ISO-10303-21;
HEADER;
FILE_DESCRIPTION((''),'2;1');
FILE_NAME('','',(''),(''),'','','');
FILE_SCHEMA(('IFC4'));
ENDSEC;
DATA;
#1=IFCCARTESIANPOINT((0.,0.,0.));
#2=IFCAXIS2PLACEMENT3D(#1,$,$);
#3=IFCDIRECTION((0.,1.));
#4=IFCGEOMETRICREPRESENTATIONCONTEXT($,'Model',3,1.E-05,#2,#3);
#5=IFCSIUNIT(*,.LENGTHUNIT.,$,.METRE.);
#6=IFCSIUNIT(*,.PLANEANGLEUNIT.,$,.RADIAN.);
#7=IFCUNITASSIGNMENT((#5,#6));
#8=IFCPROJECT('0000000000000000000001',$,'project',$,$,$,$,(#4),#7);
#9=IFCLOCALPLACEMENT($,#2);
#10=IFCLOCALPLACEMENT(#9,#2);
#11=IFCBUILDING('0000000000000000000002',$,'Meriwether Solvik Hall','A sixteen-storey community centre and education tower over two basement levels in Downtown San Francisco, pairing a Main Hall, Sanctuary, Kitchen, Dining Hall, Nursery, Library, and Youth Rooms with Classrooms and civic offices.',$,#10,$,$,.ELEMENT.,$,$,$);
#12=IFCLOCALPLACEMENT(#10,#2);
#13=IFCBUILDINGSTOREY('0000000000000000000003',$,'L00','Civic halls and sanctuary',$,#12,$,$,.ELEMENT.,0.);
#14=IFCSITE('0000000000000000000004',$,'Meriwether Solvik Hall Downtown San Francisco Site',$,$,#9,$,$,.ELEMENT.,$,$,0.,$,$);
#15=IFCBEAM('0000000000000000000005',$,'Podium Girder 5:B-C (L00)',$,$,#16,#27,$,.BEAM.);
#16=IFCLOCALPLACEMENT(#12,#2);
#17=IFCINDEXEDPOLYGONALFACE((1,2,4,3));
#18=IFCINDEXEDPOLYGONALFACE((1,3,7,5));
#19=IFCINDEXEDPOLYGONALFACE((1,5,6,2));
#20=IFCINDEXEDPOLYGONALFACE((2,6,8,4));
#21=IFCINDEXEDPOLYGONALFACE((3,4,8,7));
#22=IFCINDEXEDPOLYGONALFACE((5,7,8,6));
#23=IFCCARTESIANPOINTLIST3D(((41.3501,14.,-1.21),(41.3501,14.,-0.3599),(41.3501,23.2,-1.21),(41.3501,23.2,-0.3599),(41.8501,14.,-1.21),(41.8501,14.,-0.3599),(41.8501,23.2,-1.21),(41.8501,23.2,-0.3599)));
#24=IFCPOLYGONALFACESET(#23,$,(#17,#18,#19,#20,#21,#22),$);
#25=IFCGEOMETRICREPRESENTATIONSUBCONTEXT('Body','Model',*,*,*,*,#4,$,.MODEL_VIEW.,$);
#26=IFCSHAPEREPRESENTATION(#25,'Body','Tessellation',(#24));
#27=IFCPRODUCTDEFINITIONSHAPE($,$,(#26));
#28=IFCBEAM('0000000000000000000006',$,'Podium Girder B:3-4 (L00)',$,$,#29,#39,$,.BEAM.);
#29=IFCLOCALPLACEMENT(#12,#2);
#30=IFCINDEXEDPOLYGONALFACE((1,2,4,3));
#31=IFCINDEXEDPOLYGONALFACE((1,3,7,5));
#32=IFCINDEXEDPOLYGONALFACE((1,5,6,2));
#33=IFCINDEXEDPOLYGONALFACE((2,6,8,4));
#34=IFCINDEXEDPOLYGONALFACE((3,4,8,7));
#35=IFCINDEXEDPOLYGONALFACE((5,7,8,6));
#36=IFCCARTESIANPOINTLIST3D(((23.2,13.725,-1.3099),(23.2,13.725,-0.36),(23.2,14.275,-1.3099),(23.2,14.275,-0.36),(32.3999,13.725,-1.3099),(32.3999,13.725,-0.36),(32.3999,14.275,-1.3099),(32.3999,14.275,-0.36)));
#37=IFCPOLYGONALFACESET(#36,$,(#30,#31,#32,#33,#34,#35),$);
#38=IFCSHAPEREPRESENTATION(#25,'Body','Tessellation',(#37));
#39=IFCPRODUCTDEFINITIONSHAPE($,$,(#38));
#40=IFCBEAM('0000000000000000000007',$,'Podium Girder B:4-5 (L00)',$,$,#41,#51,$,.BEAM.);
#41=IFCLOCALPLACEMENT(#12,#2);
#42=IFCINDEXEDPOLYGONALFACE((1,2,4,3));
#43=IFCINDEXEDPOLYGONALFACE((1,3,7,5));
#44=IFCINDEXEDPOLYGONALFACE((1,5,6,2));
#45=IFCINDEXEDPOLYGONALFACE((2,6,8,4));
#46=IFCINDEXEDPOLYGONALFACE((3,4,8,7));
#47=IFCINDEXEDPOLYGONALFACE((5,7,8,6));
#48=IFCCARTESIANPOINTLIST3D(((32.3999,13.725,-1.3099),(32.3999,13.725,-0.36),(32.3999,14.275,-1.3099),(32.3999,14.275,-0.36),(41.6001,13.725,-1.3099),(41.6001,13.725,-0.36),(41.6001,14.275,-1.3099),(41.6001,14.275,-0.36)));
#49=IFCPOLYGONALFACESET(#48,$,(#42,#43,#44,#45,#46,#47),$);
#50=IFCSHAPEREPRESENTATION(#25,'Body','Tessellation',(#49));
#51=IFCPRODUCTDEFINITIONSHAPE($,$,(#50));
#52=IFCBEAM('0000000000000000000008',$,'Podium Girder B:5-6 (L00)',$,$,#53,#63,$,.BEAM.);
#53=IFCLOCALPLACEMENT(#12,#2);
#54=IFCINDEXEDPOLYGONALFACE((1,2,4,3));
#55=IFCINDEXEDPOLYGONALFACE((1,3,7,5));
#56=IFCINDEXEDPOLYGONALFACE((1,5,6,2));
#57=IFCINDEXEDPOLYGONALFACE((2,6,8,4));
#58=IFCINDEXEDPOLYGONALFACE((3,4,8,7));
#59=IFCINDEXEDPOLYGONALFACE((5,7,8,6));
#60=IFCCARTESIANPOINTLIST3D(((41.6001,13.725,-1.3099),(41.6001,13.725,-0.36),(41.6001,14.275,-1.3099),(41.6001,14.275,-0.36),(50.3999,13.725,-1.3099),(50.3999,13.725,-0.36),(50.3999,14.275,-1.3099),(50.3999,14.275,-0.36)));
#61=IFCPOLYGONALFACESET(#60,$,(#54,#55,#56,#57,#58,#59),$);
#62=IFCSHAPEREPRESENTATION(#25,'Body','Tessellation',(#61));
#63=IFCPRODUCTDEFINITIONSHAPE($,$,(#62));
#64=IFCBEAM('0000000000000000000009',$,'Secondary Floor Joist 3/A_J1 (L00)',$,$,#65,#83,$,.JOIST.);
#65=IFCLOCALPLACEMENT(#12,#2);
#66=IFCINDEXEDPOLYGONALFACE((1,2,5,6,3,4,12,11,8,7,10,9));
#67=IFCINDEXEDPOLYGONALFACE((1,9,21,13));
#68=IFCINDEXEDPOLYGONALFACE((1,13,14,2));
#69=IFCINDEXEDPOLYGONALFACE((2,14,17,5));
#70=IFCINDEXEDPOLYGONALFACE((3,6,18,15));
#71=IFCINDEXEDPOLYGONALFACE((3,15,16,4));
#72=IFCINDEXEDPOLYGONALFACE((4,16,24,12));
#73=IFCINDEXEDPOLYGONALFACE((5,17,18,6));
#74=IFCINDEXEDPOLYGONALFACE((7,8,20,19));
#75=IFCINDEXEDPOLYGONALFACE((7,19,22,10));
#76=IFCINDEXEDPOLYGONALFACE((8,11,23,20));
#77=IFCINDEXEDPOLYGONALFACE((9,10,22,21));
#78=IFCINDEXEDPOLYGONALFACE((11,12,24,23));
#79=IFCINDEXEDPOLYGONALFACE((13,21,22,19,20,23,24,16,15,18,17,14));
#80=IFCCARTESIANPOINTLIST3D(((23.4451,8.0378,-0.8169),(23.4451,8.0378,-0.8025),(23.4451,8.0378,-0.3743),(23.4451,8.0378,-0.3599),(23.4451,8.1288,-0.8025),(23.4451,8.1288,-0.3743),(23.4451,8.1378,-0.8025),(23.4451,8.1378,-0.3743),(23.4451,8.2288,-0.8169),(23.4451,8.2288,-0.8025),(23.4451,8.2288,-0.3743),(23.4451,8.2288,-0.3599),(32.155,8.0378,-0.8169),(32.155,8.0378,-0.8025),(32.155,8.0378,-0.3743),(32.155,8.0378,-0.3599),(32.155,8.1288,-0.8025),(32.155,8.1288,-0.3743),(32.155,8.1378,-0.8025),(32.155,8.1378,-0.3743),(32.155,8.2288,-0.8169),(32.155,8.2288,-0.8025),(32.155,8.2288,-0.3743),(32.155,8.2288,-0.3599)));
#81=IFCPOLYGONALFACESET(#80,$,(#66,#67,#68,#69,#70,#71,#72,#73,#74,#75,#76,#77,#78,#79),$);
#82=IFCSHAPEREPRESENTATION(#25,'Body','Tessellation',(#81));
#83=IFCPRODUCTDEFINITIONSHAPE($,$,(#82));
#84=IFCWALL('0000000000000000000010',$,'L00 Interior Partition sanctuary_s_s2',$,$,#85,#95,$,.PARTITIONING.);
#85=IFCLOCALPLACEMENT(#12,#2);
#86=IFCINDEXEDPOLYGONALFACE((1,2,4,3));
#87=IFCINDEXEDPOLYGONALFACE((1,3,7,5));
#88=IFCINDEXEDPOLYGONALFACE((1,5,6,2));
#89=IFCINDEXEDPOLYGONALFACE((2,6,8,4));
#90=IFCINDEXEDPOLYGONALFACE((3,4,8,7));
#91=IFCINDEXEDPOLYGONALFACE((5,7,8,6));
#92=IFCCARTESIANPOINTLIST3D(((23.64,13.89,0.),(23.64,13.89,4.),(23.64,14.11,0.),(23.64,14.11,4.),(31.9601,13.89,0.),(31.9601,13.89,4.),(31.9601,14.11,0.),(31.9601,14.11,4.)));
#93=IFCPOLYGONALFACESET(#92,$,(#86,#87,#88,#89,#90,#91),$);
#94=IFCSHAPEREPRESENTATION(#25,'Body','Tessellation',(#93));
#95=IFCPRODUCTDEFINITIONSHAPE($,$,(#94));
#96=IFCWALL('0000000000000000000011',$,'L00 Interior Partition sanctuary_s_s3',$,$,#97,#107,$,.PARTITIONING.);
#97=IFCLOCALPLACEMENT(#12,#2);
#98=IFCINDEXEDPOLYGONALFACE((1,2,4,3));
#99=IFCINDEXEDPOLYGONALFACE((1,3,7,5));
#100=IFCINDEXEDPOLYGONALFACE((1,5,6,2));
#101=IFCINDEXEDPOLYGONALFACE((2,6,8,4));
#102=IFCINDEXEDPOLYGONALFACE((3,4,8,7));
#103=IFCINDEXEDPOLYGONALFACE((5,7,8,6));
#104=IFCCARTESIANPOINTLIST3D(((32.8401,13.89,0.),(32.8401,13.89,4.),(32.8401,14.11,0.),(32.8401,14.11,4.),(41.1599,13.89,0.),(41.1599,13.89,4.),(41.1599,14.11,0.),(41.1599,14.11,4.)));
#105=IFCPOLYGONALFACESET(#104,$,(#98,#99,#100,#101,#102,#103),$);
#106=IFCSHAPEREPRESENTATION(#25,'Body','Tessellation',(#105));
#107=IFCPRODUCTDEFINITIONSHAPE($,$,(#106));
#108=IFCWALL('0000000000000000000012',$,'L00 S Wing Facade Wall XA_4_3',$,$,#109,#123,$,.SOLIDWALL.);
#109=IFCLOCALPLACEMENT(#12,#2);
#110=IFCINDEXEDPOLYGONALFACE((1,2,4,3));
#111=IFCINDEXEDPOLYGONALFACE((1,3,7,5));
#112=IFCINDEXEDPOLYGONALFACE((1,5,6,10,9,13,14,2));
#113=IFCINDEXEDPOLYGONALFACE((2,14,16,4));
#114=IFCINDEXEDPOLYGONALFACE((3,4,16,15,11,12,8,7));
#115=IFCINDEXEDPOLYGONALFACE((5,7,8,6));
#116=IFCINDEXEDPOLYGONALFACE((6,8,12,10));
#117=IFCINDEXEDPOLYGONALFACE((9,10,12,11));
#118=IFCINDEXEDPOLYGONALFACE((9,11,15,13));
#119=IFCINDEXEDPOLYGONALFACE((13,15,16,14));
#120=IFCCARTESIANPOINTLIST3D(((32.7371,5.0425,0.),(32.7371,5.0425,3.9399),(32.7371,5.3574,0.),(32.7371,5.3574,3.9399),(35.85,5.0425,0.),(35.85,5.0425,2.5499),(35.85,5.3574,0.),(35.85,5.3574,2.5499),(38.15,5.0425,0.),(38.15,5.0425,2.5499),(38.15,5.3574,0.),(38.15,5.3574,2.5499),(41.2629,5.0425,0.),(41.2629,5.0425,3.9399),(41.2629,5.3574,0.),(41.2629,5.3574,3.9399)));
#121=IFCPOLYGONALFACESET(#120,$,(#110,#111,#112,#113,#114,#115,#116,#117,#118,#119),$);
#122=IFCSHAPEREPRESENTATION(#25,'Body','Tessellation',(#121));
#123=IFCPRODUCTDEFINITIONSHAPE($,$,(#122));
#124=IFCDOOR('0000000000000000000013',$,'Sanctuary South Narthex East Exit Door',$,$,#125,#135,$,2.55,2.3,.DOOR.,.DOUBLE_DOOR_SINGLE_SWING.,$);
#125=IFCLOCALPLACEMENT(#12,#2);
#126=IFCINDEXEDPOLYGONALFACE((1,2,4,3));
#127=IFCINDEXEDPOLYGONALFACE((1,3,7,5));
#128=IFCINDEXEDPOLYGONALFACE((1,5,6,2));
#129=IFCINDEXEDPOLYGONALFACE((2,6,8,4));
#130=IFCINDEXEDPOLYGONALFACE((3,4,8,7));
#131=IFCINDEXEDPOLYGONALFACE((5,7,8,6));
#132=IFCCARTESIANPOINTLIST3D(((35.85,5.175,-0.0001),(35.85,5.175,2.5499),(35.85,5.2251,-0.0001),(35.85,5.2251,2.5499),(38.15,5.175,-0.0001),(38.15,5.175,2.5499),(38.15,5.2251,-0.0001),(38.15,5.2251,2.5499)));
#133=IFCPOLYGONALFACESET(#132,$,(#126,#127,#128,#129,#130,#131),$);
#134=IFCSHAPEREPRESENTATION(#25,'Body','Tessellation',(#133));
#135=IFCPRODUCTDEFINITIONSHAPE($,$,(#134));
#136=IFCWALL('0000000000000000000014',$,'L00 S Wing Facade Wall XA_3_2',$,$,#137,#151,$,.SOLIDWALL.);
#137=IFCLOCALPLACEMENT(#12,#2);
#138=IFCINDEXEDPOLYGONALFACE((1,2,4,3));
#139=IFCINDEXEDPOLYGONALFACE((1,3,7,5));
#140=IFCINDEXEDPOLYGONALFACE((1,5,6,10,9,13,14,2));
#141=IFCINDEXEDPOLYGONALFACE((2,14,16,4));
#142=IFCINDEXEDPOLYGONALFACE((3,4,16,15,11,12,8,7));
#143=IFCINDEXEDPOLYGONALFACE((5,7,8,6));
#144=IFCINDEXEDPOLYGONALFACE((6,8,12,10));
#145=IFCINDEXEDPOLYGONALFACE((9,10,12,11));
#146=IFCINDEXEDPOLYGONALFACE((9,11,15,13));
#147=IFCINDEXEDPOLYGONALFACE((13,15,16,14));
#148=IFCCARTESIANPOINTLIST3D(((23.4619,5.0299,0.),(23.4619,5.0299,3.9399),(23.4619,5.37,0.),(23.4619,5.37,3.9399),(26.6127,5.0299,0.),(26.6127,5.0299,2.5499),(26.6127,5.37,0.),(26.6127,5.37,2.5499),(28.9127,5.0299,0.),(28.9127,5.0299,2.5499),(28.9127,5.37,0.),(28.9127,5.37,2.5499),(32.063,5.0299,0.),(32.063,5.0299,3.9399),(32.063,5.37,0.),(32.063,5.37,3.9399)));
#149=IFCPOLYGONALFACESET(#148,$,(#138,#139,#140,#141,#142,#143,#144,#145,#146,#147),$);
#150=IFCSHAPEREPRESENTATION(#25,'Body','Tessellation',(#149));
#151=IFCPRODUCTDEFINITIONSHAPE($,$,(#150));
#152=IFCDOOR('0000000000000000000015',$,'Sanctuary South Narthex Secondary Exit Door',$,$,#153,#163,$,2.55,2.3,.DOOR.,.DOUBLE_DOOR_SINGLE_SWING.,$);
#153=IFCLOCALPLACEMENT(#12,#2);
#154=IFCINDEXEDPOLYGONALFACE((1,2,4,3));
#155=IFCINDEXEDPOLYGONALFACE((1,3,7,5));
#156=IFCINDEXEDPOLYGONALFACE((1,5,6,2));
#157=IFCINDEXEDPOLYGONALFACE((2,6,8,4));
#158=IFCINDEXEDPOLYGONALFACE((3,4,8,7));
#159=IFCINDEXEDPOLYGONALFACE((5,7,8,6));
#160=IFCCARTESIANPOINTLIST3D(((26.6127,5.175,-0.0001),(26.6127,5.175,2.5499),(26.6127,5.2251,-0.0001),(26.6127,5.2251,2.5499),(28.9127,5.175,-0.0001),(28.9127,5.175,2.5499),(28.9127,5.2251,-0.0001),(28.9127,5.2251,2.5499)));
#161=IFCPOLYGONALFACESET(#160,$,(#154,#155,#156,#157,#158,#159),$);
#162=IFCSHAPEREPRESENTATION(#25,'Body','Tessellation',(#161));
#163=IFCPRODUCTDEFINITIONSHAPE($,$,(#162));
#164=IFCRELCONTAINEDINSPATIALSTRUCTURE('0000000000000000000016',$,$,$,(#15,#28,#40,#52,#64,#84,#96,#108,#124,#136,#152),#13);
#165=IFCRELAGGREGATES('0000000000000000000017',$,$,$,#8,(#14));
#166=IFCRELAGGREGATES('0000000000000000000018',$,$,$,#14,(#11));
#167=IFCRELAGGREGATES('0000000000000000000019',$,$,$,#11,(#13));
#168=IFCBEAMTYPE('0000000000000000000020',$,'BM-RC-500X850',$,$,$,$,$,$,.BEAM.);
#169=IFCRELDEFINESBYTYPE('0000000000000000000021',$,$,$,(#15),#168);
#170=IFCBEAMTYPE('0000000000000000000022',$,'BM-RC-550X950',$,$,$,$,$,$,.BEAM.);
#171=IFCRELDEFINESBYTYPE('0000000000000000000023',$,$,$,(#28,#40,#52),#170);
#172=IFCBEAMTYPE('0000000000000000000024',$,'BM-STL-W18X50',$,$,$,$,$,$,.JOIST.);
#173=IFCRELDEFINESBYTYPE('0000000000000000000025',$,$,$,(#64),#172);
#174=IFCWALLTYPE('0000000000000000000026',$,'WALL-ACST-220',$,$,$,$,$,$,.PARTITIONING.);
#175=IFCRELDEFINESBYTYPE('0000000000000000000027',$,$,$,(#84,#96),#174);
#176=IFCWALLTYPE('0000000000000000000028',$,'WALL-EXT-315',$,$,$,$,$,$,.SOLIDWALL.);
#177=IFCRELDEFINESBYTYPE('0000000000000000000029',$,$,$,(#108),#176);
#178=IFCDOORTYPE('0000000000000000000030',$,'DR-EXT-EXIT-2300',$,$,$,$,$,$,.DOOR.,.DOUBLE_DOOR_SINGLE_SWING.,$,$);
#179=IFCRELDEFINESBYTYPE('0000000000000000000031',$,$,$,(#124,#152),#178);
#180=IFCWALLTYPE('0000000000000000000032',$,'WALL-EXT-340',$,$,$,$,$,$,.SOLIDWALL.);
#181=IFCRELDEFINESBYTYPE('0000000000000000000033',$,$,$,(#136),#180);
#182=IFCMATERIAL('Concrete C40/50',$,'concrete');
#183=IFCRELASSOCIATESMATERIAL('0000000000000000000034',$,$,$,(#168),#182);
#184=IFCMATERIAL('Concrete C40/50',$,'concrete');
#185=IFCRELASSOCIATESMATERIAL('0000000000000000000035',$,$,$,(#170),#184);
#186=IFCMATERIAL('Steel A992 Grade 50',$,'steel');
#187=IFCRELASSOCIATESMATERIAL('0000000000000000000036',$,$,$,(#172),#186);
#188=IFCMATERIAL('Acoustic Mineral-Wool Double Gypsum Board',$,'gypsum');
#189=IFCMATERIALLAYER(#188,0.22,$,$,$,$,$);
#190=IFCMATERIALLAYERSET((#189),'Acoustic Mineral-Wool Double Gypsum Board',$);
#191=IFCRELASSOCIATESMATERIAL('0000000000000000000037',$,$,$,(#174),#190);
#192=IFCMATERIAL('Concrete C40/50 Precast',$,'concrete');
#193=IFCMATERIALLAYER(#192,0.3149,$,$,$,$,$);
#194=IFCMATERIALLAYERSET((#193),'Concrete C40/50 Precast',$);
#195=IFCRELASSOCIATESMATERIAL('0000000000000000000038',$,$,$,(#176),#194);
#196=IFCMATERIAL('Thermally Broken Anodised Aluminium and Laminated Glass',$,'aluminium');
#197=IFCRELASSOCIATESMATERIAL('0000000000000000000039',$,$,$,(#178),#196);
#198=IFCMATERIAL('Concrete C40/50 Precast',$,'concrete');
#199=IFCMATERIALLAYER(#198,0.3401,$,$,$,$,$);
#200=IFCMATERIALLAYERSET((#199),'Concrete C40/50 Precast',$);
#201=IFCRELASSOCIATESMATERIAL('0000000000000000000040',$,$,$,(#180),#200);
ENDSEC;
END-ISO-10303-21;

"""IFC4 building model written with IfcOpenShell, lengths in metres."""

from ifc_helpers import new_model, si_unit, direction, frame, frame_2d, origin, origin_2d, place, context, subcontext, project, spatial, rectangle, i_section, extrude, material, layer, layer_set, material_profile, profile_set, type_object, element, fill, save


model = new_model("IFC4")

# Units and contexts
model_context = context("Model", 3, precision=1e-05, world=origin(), true_north=direction((0.0, 1.0)))
body_context = subcontext(model_context, "Body", "Model", "MODEL_VIEW")
ifc_project = project(units=[si_unit("LENGTHUNIT", "METRE"), si_unit("PLANEANGLEUNIT", "RADIAN")], contexts=[model_context])

# Site, building, storey
site_placement = place(None, origin())
site = spatial("IfcSite", under=ifc_project, at=site_placement, Name="Meriwether Solvik Hall Downtown San Francisco Site", CompositionType="ELEMENT", RefElevation=0.0)
building_placement = place(site_placement, origin())
building = spatial("IfcBuilding", under=site, at=building_placement, Name="Meriwether Solvik Hall", Description="A sixteen-storey community centre and education tower over two basement levels in Downtown San Francisco, pairing a Main Hall, Sanctuary, Kitchen, Dining Hall, Nursery, Library, and Youth Rooms with Classrooms and civic offices.", CompositionType="ELEMENT")
storey_placement = place(building_placement, origin())
storey = spatial("IfcBuildingStorey", under=building, at=storey_placement, Name="L00", Description="Civic halls and sanctuary", CompositionType="ELEMENT", Elevation=0.0)

# Beams
ifc_material_1 = material(Name="Concrete C40/50", Category="concrete")
ifc_material_profile_1 = material_profile(ifc_material_1, rectangle(XDim=0.5, YDim=0.8501, at=origin_2d()), Name="RCB-500X850")
ifc_profile_set_1 = profile_set([ifc_material_profile_1], Name="Concrete C40/50")
beam_type_1 = type_object("IfcBeamType", Name="BM-RC-500X850", PredefinedType="BEAM", material=ifc_profile_set_1)
beam_1_placement = place(storey_placement, frame((41.6001, 14.0, -0.7849), z_axis=(0.0, 1.0, 0.0), x_axis=(-1.0, 0.0, 0.0)))
element("IfcBeam", 1, at=beam_1_placement, inside=storey, type_object=beam_type_1, Name="Podium Girder 5:B-C (L00)", PredefinedType="BEAM", context=body_context, shape_type="SweptSolid", body=[
    extrude(rectangle(XDim=0.5, YDim=0.8501, at=origin_2d()), origin(), (0.0, 0.0, 1.0), 9.2),
])
ifc_material_2 = material(Name="Concrete C40/50", Category="concrete")
ifc_material_profile_2 = material_profile(ifc_material_2, rectangle(XDim=0.55, YDim=0.95, at=origin_2d()), Name="RCB-550X950")
ifc_profile_set_2 = profile_set([ifc_material_profile_2], Name="Concrete C40/50")
beam_type_2 = type_object("IfcBeamType", Name="BM-RC-550X950", PredefinedType="BEAM", material=ifc_profile_set_2)
beam_2_placement = place(storey_placement, frame((23.2, 14.0, -0.835), z_axis=(1.0, 0.0, 0.0), x_axis=(0.0, 1.0, 0.0)))
element("IfcBeam", 2, at=beam_2_placement, inside=storey, type_object=beam_type_2, Name="Podium Girder B:3-4 (L00)", PredefinedType="BEAM", context=body_context, shape_type="SweptSolid", body=[
    extrude(rectangle(XDim=0.55, YDim=0.95, at=origin_2d()), origin(), (0.0, 0.0, 1.0), 9.2),
])
beam_3_placement = place(storey_placement, frame((32.3999, 14.0, -0.835), z_axis=(1.0, 0.0, 0.0), x_axis=(0.0, 1.0, 0.0)))
element("IfcBeam", 3, at=beam_3_placement, inside=storey, type_object=beam_type_2, Name="Podium Girder B:4-5 (L00)", PredefinedType="BEAM", context=body_context, shape_type="SweptSolid", body=[
    extrude(rectangle(XDim=0.55, YDim=0.95, at=origin_2d()), origin(), (0.0, 0.0, 1.0), 9.2002),
])
beam_4_placement = place(storey_placement, frame((41.6001, 14.0, -0.835), z_axis=(1.0, 0.0, 0.0), x_axis=(0.0, 1.0, 0.0)))
element("IfcBeam", 4, at=beam_4_placement, inside=storey, type_object=beam_type_2, Name="Podium Girder B:5-6 (L00)", PredefinedType="BEAM", context=body_context, shape_type="SweptSolid", body=[
    extrude(rectangle(XDim=0.55, YDim=0.95, at=origin_2d()), origin(), (0.0, 0.0, 1.0), 8.7998),
])
ifc_material_3 = material(Name="Steel A992 Grade 50", Category="steel")
ifc_material_profile_3 = material_profile(ifc_material_3, i_section(OverallWidth=0.1909, OverallDepth=0.457, WebThickness=0.009, FlangeThickness=0.0144, at=origin_2d()), Name="W18X50")
ifc_profile_set_3 = profile_set([ifc_material_profile_3], Name="Steel A992 Grade 50")
beam_type_3 = type_object("IfcBeamType", Name="BM-STL-W18X50", PredefinedType="JOIST", material=ifc_profile_set_3)
beam_5_placement = place(storey_placement, frame((23.4451, 8.1333, -0.5884), z_axis=(1.0, 0.0, 0.0), x_axis=(0.0, 1.0, 0.0)))
element("IfcBeam", 5, at=beam_5_placement, inside=storey, type_object=beam_type_3, Name="Secondary Floor Joist 3/A_J1 (L00)", PredefinedType="JOIST", context=body_context, shape_type="SweptSolid", body=[
    extrude(i_section(OverallWidth=0.1909, OverallDepth=0.457, WebThickness=0.009, FlangeThickness=0.0144, at=origin_2d()), origin(), (0.0, 0.0, 1.0), 8.71),
])

# Walls
ifc_material_4 = material(Name="Acoustic Mineral-Wool Double Gypsum Board", Category="gypsum")
ifc_layer_1 = layer(ifc_material_4, 0.22)
ifc_layer_set_1 = layer_set([ifc_layer_1], Name="Acoustic Mineral-Wool Double Gypsum Board")
wall_type_1 = type_object("IfcWallType", Name="WALL-ACST-220", PredefinedType="PARTITIONING", material=ifc_layer_set_1)
wall_1_placement = place(storey_placement, frame((23.6399, 14.0, 0.0), z_axis=(0.0, 0.0, 1.0), x_axis=(1.0, 0.0, 0.0)))
element("IfcWall", 6, at=wall_1_placement, inside=storey, type_object=wall_type_1, Name="L00 Interior Partition sanctuary_s_s2", PredefinedType="PARTITIONING", context=body_context, shape_type="SweptSolid", body=[
    extrude(rectangle(XDim=8.3201, YDim=0.22, at=frame_2d((4.1602, 0.0))), origin(), (0.0, 0.0, 1.0), 4.0),
])
wall_2_placement = place(storey_placement, frame((32.8401, 14.0, 0.0), z_axis=(0.0, 0.0, 1.0), x_axis=(1.0, 0.0, 0.0)))
element("IfcWall", 7, at=wall_2_placement, inside=storey, type_object=wall_type_1, Name="L00 Interior Partition sanctuary_s_s3", PredefinedType="PARTITIONING", context=body_context, shape_type="SweptSolid", body=[
    extrude(rectangle(XDim=8.3198, YDim=0.22, at=frame_2d((4.1599, 0.0))), origin(), (0.0, 0.0, 1.0), 4.0),
])

# Walls, openings, doors
ifc_material_5 = material(Name="Concrete C40/50 Precast", Category="concrete")
ifc_layer_2 = layer(ifc_material_5, 0.3149)
ifc_layer_set_2 = layer_set([ifc_layer_2], Name="Concrete C40/50 Precast")
wall_type_2 = type_object("IfcWallType", Name="WALL-EXT-315", PredefinedType="SOLIDWALL", material=ifc_layer_set_2)
wall_3_placement = place(storey_placement, frame((41.2629, 5.2, 0.0), z_axis=(0.0, 0.0, 1.0), x_axis=(-1.0, 0.0, 0.0)))
wall_3 = element("IfcWall", 8, at=wall_3_placement, inside=storey, type_object=wall_type_2, Name="L00 S Wing Facade Wall XA_4_3", PredefinedType="SOLIDWALL", context=body_context, shape_type="SweptSolid", body=[
    extrude(rectangle(XDim=8.5259, YDim=0.3149, at=frame_2d((4.2629, 0.0))), origin(), (0.0, 0.0, 1.0), 3.9399),
])
opening_1_placement = place(wall_3_placement, frame((3.113, 0.0, 0.0)))
opening_1 = element("IfcOpeningElement", 9, at=opening_1_placement, cuts=wall_3, PredefinedType="OPENING", context=body_context, shape_type="SweptSolid", body=[
    extrude(rectangle(XDim=2.3, YDim=2.55, at=frame_2d((1.1499, 1.2749))), frame((0.0, 0.1694, 0.0), z_axis=(0.0, -1.0, 0.0), x_axis=(1.0, 0.0, 0.0)), (0.0, 0.0, 1.0), 0.3389),
])
ifc_material_6 = material(Name="Thermally Broken Anodised Aluminium and Laminated Glass", Category="aluminium")
door_type_1 = type_object("IfcDoorType", Name="DR-EXT-EXIT-2300", OperationType="DOUBLE_DOOR_SINGLE_SWING", PredefinedType="DOOR", material=ifc_material_6)
door_1_placement = place(opening_1_placement, origin())
door_1 = element("IfcDoor", 10, at=door_1_placement, inside=storey, type_object=door_type_1, Name="Sanctuary South Narthex East Exit Door", OperationType="DOUBLE_DOOR_SINGLE_SWING", OverallHeight=2.55, OverallWidth=2.3, PredefinedType="DOOR", context=body_context, shape_type="SweptSolid", body=[
    extrude(rectangle(XDim=2.3, YDim=2.55, at=frame_2d((1.1499, 1.2749))), frame((0.0, 0.0249, 0.0), z_axis=(0.0, -1.0, 0.0), x_axis=(1.0, 0.0, 0.0)), (0.0, 0.0, 1.0), 0.05),
])
fill(opening_1, door_1)
ifc_material_7 = material(Name="Concrete C40/50 Precast", Category="concrete")
ifc_layer_3 = layer(ifc_material_7, 0.3401)
ifc_layer_set_3 = layer_set([ifc_layer_3], Name="Concrete C40/50 Precast")
wall_type_3 = type_object("IfcWallType", Name="WALL-EXT-340", PredefinedType="SOLIDWALL", material=ifc_layer_set_3)
wall_4_placement = place(storey_placement, frame((32.063, 5.2, 0.0), z_axis=(0.0, 0.0, 1.0), x_axis=(-1.0, 0.0, 0.0)))
wall_4 = element("IfcWall", 11, at=wall_4_placement, inside=storey, type_object=wall_type_3, Name="L00 S Wing Facade Wall XA_3_2", PredefinedType="SOLIDWALL", context=body_context, shape_type="SweptSolid", body=[
    extrude(rectangle(XDim=8.6011, YDim=0.3401, at=frame_2d((4.3005, 0.0))), origin(), (0.0, 0.0, 1.0), 3.9399),
])
opening_2_placement = place(wall_4_placement, frame((3.1504, 0.0, 0.0)))
opening_2 = element("IfcOpeningElement", 12, at=opening_2_placement, cuts=wall_4, PredefinedType="OPENING", context=body_context, shape_type="SweptSolid", body=[
    extrude(rectangle(XDim=2.3, YDim=2.55, at=frame_2d((1.1499, 1.2749))), frame((0.0, 0.1821, 0.0), z_axis=(0.0, -1.0, 0.0), x_axis=(1.0, 0.0, 0.0)), (0.0, 0.0, 1.0), 0.364),
])
door_2_placement = place(opening_2_placement, origin())
door_2 = element("IfcDoor", 13, at=door_2_placement, inside=storey, type_object=door_type_1, Name="Sanctuary South Narthex Secondary Exit Door", OperationType="DOUBLE_DOOR_SINGLE_SWING", OverallHeight=2.55, OverallWidth=2.3, PredefinedType="DOOR", context=body_context, shape_type="SweptSolid", body=[
    extrude(rectangle(XDim=2.3, YDim=2.55, at=frame_2d((1.1499, 1.2749))), frame((0.0, 0.0249, 0.0), z_axis=(0.0, -1.0, 0.0), x_axis=(1.0, 0.0, 0.0)), (0.0, 0.0, 1.0), 0.05),
])
fill(opening_2, door_2)

save(model, "model.ifc")
